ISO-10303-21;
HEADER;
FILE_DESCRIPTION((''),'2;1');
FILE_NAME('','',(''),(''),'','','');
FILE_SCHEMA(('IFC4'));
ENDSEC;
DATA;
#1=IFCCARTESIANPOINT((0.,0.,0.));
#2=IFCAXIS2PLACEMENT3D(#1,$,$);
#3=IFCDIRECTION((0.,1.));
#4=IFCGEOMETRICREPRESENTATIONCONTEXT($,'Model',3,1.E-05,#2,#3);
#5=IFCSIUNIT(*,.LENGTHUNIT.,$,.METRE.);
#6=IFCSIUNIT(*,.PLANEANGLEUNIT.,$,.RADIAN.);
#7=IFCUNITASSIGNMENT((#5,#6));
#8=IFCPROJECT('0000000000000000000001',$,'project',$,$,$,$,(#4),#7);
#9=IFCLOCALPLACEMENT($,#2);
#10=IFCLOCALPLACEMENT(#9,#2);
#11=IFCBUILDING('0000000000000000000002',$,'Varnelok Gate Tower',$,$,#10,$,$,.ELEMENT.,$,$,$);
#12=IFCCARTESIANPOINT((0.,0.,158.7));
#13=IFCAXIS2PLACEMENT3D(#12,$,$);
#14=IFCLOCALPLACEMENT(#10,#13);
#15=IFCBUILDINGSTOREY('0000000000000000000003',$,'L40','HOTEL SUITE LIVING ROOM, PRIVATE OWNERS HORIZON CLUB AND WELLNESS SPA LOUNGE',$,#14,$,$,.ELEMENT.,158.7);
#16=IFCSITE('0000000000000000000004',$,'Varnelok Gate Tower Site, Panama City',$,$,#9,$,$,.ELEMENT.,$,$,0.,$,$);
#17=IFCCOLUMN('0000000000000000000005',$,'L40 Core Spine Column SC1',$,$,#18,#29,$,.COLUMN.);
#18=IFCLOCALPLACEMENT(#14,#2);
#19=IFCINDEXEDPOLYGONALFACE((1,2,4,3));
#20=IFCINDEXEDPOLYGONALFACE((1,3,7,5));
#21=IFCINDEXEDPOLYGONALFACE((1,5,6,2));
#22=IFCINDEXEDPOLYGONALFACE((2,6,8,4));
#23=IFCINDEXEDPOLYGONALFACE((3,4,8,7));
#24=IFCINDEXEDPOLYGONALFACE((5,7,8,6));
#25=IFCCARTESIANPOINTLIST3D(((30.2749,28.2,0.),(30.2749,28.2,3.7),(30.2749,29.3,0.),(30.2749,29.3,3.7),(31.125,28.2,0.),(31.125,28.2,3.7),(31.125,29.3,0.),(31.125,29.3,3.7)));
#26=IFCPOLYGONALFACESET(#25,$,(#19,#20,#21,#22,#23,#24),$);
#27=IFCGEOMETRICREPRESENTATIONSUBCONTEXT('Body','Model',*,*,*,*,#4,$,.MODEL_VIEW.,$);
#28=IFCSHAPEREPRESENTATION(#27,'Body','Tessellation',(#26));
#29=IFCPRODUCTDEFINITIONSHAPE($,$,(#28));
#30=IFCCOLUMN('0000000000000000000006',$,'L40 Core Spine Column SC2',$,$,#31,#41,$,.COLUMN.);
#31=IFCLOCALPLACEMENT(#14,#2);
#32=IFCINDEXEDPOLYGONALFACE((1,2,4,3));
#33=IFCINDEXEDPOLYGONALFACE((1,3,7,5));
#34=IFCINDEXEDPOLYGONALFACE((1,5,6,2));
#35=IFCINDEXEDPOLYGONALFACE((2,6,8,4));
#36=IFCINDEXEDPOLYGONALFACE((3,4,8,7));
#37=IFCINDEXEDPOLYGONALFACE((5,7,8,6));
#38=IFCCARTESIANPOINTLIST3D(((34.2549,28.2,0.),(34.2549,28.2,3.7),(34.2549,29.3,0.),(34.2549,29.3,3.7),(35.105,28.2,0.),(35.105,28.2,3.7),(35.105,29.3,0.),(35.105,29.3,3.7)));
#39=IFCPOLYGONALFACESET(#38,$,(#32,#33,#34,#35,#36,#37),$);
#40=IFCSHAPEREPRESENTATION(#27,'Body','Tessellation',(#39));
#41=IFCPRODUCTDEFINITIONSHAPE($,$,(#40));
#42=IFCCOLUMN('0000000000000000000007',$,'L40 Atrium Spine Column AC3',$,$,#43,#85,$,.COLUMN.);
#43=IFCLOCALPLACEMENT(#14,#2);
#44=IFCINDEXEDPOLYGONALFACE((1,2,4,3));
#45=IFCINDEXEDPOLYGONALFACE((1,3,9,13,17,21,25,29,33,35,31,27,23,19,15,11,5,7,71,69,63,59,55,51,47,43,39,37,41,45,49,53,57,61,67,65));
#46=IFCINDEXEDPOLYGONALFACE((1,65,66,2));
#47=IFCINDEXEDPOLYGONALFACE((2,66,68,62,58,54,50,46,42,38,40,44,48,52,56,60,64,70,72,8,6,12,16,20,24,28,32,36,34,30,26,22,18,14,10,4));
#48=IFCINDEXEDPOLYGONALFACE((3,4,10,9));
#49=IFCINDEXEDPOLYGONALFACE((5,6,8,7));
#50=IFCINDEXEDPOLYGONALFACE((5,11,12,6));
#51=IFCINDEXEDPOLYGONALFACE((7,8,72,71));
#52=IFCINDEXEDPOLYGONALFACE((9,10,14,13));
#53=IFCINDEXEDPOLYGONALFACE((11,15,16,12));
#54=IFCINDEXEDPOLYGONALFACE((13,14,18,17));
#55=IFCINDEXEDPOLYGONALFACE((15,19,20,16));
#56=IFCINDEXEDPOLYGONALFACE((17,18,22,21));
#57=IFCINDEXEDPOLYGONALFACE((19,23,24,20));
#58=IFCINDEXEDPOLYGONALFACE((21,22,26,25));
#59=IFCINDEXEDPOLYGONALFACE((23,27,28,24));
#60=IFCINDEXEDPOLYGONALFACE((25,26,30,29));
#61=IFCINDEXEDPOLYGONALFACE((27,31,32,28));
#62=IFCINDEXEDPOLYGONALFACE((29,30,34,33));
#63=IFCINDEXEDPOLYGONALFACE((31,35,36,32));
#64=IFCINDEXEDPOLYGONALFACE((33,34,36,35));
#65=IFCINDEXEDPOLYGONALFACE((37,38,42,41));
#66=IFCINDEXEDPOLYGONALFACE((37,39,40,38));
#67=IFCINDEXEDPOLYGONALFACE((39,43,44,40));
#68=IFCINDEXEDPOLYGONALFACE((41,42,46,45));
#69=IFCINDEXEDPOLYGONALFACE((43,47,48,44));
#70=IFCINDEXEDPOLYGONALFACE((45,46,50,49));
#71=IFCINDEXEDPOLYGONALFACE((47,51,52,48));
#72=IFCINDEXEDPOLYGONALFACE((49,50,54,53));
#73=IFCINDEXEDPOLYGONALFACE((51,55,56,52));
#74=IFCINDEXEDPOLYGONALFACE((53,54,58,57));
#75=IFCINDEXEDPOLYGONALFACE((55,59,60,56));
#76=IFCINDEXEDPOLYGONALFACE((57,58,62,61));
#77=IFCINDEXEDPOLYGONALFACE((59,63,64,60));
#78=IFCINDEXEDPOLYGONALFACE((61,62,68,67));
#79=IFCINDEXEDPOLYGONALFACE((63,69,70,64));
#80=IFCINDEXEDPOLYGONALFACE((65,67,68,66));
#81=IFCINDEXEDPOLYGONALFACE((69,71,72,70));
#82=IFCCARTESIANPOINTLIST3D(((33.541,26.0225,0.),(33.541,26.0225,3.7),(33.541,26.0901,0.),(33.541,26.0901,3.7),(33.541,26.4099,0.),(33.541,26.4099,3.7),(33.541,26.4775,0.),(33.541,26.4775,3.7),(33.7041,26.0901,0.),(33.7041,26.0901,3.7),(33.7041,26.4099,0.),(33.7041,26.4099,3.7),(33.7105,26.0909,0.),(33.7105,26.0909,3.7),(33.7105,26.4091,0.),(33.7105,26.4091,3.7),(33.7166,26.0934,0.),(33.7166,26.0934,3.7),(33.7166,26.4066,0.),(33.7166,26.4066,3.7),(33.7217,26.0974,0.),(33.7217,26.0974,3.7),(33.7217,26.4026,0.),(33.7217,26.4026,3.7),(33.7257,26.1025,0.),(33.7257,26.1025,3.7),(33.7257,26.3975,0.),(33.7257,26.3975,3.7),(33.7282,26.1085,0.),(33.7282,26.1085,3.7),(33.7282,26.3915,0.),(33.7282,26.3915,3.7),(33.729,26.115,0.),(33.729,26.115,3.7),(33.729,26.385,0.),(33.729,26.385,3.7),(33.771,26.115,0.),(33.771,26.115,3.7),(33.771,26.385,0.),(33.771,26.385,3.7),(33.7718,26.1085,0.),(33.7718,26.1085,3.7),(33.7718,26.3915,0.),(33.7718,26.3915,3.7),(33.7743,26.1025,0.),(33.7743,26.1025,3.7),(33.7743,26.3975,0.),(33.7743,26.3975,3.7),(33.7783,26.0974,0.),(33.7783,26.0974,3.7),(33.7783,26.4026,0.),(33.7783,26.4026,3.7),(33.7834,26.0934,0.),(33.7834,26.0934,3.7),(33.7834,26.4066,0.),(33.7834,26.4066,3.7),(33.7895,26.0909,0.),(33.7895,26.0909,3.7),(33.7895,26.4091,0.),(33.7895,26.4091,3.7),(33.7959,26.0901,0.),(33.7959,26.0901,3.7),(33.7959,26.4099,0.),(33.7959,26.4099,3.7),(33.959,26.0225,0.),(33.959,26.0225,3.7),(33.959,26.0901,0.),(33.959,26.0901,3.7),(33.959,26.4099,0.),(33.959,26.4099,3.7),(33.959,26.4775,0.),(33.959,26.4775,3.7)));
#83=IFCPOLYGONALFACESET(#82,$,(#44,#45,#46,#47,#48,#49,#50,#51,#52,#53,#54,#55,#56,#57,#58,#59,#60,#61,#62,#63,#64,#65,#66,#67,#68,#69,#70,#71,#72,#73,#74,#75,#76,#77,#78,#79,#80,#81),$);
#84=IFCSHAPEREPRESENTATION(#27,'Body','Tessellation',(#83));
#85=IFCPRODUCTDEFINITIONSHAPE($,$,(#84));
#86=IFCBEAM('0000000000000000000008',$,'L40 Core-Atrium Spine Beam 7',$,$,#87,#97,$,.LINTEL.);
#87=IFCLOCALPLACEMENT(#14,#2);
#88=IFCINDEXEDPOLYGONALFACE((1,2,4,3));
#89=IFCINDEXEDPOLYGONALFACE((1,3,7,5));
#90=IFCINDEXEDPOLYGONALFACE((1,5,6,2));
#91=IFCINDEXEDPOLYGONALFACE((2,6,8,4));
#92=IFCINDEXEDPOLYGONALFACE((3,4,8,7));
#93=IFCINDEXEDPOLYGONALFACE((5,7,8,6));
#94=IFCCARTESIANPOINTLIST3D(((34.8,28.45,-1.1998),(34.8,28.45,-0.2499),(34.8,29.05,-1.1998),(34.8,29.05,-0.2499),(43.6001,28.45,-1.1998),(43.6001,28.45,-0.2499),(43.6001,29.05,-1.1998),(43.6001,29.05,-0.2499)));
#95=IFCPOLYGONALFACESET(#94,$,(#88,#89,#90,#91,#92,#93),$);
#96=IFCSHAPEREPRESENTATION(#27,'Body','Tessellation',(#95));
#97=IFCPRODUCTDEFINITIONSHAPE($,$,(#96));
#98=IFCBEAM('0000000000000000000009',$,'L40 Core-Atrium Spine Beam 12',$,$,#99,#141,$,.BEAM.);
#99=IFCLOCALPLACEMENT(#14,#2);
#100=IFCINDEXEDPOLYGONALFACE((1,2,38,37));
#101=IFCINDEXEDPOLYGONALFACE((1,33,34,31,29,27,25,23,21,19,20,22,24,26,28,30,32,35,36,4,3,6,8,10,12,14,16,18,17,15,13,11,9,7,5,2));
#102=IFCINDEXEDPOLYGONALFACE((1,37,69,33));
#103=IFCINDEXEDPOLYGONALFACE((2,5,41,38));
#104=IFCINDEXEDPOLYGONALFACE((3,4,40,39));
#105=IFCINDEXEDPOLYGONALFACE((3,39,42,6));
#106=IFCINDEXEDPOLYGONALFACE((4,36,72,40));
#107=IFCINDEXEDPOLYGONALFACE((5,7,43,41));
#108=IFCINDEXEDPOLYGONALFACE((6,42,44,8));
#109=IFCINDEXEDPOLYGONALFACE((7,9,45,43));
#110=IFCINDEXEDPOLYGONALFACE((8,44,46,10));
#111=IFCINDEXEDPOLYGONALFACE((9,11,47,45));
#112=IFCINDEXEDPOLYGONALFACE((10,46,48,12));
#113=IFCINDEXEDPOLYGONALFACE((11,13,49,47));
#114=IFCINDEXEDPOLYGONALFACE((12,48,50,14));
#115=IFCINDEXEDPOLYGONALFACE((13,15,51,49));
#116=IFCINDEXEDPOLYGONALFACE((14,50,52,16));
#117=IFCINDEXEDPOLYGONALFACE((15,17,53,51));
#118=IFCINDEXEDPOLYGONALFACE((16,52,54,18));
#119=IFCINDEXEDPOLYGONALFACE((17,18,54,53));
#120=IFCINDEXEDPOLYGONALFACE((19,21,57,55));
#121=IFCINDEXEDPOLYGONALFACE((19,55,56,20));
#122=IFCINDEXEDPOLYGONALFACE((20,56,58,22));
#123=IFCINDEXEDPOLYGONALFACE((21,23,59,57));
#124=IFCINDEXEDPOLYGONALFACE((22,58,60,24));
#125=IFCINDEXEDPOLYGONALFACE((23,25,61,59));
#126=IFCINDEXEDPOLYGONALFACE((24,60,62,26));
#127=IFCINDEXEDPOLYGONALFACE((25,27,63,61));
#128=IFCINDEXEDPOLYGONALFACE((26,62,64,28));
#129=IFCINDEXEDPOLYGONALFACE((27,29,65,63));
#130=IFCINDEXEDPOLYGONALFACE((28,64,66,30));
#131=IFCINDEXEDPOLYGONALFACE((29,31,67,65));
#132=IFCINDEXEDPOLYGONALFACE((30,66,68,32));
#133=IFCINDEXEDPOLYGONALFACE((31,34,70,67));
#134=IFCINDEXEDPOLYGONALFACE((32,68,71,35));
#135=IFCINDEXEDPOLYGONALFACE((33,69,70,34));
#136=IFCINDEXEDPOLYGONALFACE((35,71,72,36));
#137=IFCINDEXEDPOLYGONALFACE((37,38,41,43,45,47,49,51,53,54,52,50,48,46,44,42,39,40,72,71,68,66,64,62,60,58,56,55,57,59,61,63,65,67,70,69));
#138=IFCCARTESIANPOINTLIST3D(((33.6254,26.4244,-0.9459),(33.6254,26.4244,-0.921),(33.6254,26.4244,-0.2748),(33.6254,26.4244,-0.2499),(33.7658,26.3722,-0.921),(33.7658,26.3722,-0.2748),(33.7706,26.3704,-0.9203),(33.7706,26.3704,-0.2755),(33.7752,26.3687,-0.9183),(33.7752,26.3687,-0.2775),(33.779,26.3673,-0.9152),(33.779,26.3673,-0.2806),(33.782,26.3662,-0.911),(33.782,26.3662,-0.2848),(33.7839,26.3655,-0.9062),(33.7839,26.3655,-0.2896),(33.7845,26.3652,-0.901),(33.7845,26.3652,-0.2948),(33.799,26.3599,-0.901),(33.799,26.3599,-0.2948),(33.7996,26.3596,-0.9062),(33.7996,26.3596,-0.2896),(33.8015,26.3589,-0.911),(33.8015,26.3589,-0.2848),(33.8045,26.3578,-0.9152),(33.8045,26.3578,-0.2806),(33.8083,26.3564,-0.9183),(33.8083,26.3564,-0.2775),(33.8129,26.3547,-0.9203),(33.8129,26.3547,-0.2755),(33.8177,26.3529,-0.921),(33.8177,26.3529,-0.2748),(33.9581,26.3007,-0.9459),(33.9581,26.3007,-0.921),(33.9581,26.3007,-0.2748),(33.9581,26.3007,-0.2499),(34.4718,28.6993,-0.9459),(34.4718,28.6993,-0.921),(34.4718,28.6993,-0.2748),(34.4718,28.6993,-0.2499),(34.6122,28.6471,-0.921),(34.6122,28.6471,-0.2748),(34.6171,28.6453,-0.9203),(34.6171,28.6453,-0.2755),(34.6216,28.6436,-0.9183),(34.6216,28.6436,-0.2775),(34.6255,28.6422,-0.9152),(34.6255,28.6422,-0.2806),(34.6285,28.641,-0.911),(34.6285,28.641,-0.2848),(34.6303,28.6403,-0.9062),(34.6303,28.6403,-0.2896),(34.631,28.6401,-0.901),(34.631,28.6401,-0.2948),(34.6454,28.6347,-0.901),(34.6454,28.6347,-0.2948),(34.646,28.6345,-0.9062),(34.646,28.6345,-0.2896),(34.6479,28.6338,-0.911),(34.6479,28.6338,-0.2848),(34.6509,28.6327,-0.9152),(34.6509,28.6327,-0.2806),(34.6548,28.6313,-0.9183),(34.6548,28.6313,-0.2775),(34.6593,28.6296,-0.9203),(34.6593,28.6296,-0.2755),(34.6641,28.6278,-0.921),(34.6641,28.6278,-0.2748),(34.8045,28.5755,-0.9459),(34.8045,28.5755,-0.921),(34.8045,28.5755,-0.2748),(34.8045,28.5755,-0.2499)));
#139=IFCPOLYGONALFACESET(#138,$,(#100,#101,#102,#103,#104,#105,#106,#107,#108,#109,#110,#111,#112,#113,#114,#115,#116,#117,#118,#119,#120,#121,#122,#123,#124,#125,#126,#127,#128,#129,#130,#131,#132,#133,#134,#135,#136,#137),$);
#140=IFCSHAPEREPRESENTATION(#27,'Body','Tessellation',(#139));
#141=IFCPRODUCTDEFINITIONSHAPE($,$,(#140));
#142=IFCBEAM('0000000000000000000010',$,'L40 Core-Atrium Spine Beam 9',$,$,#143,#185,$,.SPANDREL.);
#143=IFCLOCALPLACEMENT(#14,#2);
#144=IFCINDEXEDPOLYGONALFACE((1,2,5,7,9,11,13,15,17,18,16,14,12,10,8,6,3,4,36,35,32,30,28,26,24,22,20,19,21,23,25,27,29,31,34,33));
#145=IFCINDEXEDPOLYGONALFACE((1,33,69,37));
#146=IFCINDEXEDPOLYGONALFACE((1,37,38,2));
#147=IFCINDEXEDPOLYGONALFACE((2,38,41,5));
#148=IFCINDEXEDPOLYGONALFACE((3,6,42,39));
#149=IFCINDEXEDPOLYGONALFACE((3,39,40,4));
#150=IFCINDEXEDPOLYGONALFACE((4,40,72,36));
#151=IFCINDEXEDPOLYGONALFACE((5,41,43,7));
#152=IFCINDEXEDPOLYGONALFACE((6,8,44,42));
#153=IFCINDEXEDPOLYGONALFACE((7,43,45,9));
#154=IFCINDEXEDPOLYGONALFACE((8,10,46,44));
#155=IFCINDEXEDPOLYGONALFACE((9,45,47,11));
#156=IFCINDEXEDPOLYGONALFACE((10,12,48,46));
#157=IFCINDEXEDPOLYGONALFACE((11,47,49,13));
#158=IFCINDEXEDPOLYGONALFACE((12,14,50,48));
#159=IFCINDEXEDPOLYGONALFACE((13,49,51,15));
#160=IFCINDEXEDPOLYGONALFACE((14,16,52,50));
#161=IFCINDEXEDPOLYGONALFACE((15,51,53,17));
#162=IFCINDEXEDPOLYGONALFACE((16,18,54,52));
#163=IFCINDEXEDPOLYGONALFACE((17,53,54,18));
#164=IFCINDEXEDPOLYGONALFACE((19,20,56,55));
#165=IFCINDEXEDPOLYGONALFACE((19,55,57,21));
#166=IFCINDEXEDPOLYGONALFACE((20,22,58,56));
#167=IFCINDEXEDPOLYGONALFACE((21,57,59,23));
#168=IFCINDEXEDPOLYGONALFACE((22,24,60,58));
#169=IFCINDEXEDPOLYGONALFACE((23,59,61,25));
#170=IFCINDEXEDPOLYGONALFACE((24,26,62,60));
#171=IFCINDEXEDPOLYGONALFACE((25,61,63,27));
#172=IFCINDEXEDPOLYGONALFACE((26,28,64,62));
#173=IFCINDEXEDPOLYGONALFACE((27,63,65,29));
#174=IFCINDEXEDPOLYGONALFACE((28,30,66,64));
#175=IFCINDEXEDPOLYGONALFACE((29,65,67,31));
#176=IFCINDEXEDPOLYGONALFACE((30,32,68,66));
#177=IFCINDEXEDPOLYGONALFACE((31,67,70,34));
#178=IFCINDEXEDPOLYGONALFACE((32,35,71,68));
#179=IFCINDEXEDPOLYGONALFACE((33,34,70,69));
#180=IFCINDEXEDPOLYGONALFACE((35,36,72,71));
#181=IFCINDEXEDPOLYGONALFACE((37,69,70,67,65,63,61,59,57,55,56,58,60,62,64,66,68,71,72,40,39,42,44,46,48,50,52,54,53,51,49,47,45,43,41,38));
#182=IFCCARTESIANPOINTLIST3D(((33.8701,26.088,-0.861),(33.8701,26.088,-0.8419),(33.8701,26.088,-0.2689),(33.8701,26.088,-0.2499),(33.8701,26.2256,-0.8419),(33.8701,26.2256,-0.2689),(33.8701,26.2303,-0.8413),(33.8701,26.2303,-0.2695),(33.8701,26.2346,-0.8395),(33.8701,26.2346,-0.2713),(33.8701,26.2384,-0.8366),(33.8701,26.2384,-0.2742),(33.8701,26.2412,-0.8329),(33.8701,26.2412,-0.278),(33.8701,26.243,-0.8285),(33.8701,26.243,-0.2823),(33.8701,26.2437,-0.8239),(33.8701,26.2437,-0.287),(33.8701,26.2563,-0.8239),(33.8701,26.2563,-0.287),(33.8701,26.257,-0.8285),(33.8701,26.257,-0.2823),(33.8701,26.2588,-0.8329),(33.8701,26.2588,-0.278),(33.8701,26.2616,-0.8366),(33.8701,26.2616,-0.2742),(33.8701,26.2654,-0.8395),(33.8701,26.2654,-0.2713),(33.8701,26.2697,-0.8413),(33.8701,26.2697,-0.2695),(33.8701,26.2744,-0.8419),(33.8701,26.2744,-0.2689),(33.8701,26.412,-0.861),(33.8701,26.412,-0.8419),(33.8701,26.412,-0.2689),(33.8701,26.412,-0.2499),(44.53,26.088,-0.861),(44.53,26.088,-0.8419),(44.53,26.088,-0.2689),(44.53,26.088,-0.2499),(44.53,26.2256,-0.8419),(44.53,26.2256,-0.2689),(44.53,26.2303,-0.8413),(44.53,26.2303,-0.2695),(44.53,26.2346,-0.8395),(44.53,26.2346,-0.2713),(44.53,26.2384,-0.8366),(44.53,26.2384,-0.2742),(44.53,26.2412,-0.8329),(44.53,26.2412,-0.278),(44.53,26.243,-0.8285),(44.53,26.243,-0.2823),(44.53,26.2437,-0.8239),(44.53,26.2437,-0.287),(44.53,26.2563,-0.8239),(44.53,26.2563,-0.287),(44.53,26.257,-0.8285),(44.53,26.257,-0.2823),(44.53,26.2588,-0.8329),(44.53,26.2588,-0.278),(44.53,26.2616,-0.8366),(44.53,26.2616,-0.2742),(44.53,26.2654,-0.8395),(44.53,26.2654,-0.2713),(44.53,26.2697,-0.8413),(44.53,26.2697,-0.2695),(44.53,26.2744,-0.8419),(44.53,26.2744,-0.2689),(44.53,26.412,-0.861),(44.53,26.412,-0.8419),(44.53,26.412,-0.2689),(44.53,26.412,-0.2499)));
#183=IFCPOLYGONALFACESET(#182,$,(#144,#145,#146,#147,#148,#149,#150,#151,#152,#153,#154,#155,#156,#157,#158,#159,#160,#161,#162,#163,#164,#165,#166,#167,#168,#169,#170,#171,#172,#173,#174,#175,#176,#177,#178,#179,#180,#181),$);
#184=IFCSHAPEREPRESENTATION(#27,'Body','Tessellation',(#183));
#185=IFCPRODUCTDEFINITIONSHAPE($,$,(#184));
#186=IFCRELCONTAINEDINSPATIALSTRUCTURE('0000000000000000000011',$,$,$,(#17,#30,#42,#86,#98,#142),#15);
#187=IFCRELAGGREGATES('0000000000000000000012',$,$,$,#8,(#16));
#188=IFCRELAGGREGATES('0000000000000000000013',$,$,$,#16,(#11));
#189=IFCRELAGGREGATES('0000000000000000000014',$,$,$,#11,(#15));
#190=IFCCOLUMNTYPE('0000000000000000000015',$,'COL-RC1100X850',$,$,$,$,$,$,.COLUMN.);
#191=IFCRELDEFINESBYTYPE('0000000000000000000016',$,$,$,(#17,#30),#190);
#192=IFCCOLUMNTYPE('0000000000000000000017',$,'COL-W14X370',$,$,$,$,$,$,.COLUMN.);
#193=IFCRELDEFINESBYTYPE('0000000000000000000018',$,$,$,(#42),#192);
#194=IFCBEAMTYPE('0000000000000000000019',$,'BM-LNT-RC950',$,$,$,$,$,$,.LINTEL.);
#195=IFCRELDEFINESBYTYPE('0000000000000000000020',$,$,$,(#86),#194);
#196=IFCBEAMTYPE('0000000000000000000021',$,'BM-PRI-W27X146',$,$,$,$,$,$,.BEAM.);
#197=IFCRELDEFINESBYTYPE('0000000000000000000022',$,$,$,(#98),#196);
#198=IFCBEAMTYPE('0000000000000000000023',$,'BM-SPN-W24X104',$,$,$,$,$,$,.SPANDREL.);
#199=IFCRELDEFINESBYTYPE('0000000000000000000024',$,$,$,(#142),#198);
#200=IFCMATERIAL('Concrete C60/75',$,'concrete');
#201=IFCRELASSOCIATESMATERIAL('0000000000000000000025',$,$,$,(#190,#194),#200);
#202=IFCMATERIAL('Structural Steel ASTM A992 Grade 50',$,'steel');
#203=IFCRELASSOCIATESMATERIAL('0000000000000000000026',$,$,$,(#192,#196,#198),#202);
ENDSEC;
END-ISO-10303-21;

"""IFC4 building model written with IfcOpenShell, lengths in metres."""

from ifc_helpers import new_model, si_unit, direction, frame, origin, origin_2d, place, context, subcontext, project, spatial, rectangle, i_section, extrude, material, material_profile, profile_set, type_object, element, save


model = new_model("IFC4")

# Units and contexts
model_context = context("Model", 3, precision=1e-05, world=origin(), true_north=direction((0.0, 1.0)))
body_context = subcontext(model_context, "Body", "Model", "MODEL_VIEW")
ifc_project = project(units=[si_unit("LENGTHUNIT", "METRE"), si_unit("PLANEANGLEUNIT", "RADIAN")], contexts=[model_context])

# Site, building, storey
site_placement = place(None, origin())
site = spatial("IfcSite", under=ifc_project, at=site_placement, Name="Varnelok Gate Tower Site, Panama City", CompositionType="ELEMENT", RefElevation=0.0)
building_placement = place(site_placement, origin())
building = spatial("IfcBuilding", under=site, at=building_placement, Name="Varnelok Gate Tower", CompositionType="ELEMENT")
storey_placement = place(building_placement, frame((0.0, 0.0, 158.7)))
storey = spatial("IfcBuildingStorey", under=building, at=storey_placement, Name="L40", Description="HOTEL SUITE LIVING ROOM, PRIVATE OWNERS HORIZON CLUB AND WELLNESS SPA LOUNGE", CompositionType="ELEMENT", Elevation=158.7)

# Columns
ifc_material_1 = material(Name="Concrete C60/75", Category="concrete")
ifc_material_profile_1 = material_profile(ifc_material_1, rectangle(XDim=0.8501, YDim=1.1001, at=origin_2d()), Name="RC1100X850")
ifc_profile_set_1 = profile_set([ifc_material_profile_1], Name="Concrete C60/75")
column_type_1 = type_object("IfcColumnType", Name="COL-RC1100X850", PredefinedType="COLUMN", material=ifc_profile_set_1)
for number, where, z_axis, x_axis, name in (
    (1, (30.7, 28.75, 0.0), (0.0, 0.0, 1.0), (1.0, 0.0, 0.0), "L40 Core Spine Column SC1"),
    (2, (34.6799, 28.75, 0.0), (0.0, 0.0, 1.0), (1.0, 0.0, 0.0), "L40 Core Spine Column SC2"),
):
    element("IfcColumn", number, at=place(storey_placement, frame(where, z_axis=z_axis, x_axis=x_axis)), inside=storey, type_object=column_type_1, Name=name, PredefinedType="COLUMN", context=body_context, shape_type="SweptSolid", body=[
        extrude(rectangle(XDim=0.8501, YDim=1.1001, at=origin_2d()), origin(), (0.0, 0.0, 1.0), 3.7),
    ])
ifc_material_2 = material(Name="Structural Steel ASTM A992 Grade 50", Category="steel")
ifc_material_profile_2 = material_profile(ifc_material_2, i_section(OverallWidth=0.418, OverallDepth=0.4551, WebThickness=0.042, FlangeThickness=0.0676, FilletRadius=0.0249, at=origin_2d()), Name="W14X370")
ifc_profile_set_2 = profile_set([ifc_material_profile_2], Name="Structural Steel ASTM A992 Grade 50")
column_type_2 = type_object("IfcColumnType", Name="COL-W14X370", PredefinedType="COLUMN", material=ifc_profile_set_2)
column_placement = place(storey_placement, frame((33.75, 26.25, 0.0), z_axis=(0.0, 0.0, 1.0), x_axis=(1.0, 0.0, 0.0)))
element("IfcColumn", 3, at=column_placement, inside=storey, type_object=column_type_2, Name="L40 Atrium Spine Column AC3", PredefinedType="COLUMN", context=body_context, shape_type="SweptSolid", body=[
    extrude(i_section(OverallWidth=0.418, OverallDepth=0.4551, WebThickness=0.042, FlangeThickness=0.0676, FilletRadius=0.0249, at=origin_2d()), origin(), (0.0, 0.0, 1.0), 3.7),
])

# Beams
ifc_material_profile_3 = material_profile(ifc_material_1, rectangle(XDim=0.6001, YDim=0.95, at=origin_2d()), Name="RC950X600")
ifc_profile_set_3 = profile_set([ifc_material_profile_3], Name="Concrete C60/75")
beam_type_1 = type_object("IfcBeamType", Name="BM-LNT-RC950", PredefinedType="LINTEL", material=ifc_profile_set_3)
beam_1_placement = place(storey_placement, frame((34.8, 28.75, -0.7249), z_axis=(1.0, 0.0, 0.0), x_axis=(0.0, 1.0, 0.0)))
element("IfcBeam", 4, at=beam_1_placement, inside=storey, type_object=beam_type_1, Name="L40 Core-Atrium Spine Beam 7", PredefinedType="LINTEL", context=body_context, shape_type="SweptSolid", body=[
    extrude(rectangle(XDim=0.6001, YDim=0.95, at=origin_2d()), origin(), (0.0, 0.0, 1.0), 8.8),
])
ifc_material_profile_4 = material_profile(ifc_material_2, i_section(OverallWidth=0.355, OverallDepth=0.696, WebThickness=0.0154, FlangeThickness=0.0249, FilletRadius=0.02, at=origin_2d()), Name="W27X146")
ifc_profile_set_4 = profile_set([ifc_material_profile_4], Name="Structural Steel ASTM A992 Grade 50")
beam_type_2 = type_object("IfcBeamType", Name="BM-PRI-W27X146", PredefinedType="BEAM", material=ifc_profile_set_4)
beam_2_placement = place(storey_placement, frame((33.7917, 26.3625, -0.5979), z_axis=(0.348719, 0.937227, 0.0), x_axis=(-0.937227, 0.348719, 0.0)))
element("IfcBeam", 5, at=beam_2_placement, inside=storey, type_object=beam_type_2, Name="L40 Core-Atrium Spine Beam 12", PredefinedType="BEAM", context=body_context, shape_type="SweptSolid", body=[
    extrude(i_section(OverallWidth=0.355, OverallDepth=0.696, WebThickness=0.0154, FlangeThickness=0.0249, FilletRadius=0.02, at=origin_2d()), origin(), (0.0, 0.0, 1.0), 2.4272),
])
ifc_material_profile_5 = material_profile(ifc_material_2, i_section(OverallWidth=0.324, OverallDepth=0.6111, WebThickness=0.0127, FlangeThickness=0.019, FilletRadius=0.0181, at=origin_2d()), Name="W24X104")
ifc_profile_set_5 = profile_set([ifc_material_profile_5], Name="Structural Steel ASTM A992 Grade 50")
beam_type_3 = type_object("IfcBeamType", Name="BM-SPN-W24X104", PredefinedType="SPANDREL", material=ifc_profile_set_5)
beam_3_placement = place(storey_placement, frame((33.8701, 26.25, -0.5554), z_axis=(1.0, 0.0, 0.0), x_axis=(0.0, 1.0, 0.0)))
element("IfcBeam", 6, at=beam_3_placement, inside=storey, type_object=beam_type_3, Name="L40 Core-Atrium Spine Beam 9", PredefinedType="SPANDREL", context=body_context, shape_type="SweptSolid", body=[
    extrude(i_section(OverallWidth=0.324, OverallDepth=0.6111, WebThickness=0.0127, FlangeThickness=0.019, FilletRadius=0.0181, at=origin_2d()), origin(), (0.0, 0.0, 1.0), 10.6599),
])

save(model, "model.ifc")
